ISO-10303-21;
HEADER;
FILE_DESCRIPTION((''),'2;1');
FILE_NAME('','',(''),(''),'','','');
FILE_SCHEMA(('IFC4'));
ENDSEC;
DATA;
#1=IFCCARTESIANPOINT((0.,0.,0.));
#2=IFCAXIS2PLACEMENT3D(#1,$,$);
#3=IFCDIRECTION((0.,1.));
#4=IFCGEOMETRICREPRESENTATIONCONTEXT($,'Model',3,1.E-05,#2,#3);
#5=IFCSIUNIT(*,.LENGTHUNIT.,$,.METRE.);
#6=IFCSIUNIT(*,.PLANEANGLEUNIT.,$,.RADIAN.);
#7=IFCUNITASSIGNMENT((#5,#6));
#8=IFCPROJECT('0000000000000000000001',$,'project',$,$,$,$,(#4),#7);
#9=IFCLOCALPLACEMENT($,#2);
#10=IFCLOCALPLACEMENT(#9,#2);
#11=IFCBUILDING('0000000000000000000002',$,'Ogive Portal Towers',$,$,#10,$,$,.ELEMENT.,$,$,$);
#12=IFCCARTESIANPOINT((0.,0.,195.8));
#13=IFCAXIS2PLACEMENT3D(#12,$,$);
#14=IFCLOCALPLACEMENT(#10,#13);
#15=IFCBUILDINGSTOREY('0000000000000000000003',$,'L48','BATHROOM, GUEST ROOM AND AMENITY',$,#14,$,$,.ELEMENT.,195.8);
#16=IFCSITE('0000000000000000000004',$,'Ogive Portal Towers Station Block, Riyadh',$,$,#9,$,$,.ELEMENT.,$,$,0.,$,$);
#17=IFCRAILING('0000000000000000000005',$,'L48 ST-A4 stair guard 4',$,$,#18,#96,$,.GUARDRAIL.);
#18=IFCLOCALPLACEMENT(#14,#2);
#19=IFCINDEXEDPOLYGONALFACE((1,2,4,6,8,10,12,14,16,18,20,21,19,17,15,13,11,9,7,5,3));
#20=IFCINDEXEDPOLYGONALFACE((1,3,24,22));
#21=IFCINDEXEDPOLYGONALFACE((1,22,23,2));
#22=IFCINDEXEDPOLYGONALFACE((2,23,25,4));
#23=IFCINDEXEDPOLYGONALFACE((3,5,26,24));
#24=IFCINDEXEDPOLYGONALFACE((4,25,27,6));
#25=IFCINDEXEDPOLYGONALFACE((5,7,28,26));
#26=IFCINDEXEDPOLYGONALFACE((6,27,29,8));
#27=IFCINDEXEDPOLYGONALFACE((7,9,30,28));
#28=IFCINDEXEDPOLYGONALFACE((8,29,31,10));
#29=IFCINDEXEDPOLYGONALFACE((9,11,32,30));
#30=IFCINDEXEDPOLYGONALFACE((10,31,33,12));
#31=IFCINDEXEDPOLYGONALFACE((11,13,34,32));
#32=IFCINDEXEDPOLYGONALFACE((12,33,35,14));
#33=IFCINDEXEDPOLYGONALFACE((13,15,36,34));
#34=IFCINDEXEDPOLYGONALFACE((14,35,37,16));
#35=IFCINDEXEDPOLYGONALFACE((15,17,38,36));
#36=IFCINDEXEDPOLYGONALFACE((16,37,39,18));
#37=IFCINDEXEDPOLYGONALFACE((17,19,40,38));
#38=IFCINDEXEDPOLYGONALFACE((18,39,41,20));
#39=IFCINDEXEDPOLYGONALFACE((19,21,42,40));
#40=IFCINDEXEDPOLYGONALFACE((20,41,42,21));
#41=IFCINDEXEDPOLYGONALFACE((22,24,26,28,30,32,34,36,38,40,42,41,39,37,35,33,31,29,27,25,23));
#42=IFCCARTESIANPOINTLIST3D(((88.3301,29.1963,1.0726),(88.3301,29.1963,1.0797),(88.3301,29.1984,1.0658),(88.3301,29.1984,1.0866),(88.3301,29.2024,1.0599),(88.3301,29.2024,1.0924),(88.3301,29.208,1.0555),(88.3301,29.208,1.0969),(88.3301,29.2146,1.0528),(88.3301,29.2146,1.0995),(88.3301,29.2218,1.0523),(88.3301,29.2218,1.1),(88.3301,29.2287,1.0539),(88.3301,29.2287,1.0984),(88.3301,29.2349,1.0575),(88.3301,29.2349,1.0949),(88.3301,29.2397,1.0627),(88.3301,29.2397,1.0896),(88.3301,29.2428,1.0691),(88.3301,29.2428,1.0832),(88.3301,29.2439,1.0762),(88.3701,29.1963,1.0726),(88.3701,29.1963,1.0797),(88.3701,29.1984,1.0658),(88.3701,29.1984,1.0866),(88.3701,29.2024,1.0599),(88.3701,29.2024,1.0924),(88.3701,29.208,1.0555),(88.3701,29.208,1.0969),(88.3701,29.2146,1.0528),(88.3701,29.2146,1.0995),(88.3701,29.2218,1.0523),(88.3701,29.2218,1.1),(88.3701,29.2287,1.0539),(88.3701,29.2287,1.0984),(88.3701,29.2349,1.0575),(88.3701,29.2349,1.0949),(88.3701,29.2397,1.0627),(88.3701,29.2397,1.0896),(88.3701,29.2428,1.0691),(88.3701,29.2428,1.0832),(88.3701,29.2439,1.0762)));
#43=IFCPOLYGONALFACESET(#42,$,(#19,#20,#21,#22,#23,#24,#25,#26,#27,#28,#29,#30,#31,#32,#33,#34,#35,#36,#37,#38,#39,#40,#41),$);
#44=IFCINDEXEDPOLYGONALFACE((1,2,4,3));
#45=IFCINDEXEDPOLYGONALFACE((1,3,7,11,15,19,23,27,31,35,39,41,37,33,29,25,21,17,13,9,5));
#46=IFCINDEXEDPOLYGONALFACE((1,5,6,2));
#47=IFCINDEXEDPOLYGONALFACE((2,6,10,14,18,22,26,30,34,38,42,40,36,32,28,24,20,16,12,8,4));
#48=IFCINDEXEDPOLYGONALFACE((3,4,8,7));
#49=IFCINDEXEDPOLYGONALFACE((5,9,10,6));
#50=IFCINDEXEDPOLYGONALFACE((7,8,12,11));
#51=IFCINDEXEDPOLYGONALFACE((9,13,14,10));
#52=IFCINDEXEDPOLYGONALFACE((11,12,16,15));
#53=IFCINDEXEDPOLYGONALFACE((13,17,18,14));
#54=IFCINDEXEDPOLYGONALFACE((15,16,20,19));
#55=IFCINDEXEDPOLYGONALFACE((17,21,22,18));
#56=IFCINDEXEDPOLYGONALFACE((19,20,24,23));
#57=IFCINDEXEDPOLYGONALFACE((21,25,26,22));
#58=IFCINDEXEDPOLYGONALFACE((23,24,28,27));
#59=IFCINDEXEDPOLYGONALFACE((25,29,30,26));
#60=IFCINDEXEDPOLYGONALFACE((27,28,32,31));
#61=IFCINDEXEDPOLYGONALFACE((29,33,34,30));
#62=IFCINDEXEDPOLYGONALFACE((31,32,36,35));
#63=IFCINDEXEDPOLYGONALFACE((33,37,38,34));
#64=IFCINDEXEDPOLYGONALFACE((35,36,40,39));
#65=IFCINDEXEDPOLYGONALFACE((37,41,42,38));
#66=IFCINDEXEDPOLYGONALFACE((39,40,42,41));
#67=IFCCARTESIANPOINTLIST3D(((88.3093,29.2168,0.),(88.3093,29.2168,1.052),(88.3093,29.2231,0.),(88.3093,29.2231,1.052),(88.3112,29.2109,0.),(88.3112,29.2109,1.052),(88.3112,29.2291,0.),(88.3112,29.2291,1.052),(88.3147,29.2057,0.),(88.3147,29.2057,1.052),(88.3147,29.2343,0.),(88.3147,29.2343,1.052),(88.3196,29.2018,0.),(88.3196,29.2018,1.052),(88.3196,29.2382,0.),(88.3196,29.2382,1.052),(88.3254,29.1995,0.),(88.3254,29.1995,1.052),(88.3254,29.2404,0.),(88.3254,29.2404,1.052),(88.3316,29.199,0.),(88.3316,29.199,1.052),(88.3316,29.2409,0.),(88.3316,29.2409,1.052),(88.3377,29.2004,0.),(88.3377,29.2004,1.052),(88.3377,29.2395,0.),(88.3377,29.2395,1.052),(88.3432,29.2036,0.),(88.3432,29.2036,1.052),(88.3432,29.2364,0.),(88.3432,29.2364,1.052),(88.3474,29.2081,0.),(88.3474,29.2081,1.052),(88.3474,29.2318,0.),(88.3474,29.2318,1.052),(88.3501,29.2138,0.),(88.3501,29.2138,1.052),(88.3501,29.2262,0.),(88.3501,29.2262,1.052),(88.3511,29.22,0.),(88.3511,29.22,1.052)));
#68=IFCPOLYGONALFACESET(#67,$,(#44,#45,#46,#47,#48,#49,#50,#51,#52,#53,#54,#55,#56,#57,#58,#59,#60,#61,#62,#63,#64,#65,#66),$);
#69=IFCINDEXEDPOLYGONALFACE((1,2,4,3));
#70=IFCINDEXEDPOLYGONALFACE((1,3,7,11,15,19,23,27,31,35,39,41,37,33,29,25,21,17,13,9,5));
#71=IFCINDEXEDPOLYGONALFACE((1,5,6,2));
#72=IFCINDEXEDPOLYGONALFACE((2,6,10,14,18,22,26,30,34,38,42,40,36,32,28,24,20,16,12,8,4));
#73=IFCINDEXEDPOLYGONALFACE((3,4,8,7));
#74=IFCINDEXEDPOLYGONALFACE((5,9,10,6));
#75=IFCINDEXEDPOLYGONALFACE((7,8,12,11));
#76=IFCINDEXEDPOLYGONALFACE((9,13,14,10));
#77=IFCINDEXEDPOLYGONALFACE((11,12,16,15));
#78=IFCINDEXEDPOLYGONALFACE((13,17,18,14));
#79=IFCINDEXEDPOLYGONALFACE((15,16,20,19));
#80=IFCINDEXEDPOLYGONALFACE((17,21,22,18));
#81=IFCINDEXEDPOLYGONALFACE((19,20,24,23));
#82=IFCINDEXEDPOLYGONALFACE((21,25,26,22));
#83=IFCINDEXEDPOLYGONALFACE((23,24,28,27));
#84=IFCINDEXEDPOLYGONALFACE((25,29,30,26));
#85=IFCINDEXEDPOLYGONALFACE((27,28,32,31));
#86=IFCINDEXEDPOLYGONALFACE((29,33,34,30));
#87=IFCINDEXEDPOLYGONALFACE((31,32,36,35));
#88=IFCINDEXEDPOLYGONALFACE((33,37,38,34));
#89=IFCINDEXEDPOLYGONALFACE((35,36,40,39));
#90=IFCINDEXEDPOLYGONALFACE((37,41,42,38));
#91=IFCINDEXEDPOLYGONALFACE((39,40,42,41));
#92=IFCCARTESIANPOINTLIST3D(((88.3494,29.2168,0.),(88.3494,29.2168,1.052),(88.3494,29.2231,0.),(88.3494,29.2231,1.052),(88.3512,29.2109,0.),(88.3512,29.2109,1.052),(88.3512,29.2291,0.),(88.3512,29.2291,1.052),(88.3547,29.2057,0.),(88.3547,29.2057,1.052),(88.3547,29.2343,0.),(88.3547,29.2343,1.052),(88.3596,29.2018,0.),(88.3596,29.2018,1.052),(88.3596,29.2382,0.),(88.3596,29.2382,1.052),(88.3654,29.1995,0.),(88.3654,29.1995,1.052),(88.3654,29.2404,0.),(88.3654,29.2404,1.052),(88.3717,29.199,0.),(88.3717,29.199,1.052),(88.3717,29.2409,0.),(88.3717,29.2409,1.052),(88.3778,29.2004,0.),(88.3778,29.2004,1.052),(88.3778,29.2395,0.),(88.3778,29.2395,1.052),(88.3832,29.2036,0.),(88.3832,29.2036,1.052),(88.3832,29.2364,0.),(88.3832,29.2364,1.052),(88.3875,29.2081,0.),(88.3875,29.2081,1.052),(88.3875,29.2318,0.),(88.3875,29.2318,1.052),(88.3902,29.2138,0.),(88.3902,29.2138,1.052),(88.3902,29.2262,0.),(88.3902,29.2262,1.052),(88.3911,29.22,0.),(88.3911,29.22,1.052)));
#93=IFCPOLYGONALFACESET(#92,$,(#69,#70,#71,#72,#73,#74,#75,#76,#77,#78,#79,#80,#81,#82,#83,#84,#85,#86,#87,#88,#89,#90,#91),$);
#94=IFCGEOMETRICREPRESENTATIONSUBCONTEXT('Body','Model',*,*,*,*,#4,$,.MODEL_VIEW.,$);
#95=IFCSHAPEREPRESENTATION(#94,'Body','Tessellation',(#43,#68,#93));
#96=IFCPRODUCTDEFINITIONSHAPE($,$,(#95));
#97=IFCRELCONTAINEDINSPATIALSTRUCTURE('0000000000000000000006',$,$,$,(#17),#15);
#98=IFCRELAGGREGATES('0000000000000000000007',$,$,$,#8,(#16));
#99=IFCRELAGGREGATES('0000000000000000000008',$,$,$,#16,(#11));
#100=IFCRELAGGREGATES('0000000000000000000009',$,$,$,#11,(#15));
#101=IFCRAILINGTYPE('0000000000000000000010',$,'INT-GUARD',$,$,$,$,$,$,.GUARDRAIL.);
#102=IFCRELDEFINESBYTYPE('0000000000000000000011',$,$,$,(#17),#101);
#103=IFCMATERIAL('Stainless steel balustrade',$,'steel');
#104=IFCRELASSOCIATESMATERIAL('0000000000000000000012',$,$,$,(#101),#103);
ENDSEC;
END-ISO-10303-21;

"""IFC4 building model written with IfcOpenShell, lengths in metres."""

from ifc_helpers import new_model, si_unit, direction, frame, origin, origin_2d, place, context, subcontext, project, spatial, circle, extrude, material, type_object, element, save


model = new_model("IFC4")

# Units and contexts
model_context = context("Model", 3, precision=1e-05, world=origin(), true_north=direction((0.0, 1.0)))
body_context = subcontext(model_context, "Body", "Model", "MODEL_VIEW")
ifc_project = project(units=[si_unit("LENGTHUNIT", "METRE"), si_unit("PLANEANGLEUNIT", "RADIAN")], contexts=[model_context])

# Site, building, storey
site_placement = place(None, origin())
site = spatial("IfcSite", under=ifc_project, at=site_placement, Name="Ogive Portal Towers Station Block, Riyadh", CompositionType="ELEMENT", RefElevation=0.0)
building_placement = place(site_placement, origin())
building = spatial("IfcBuilding", under=site, at=building_placement, Name="Ogive Portal Towers", CompositionType="ELEMENT")
storey_placement = place(building_placement, frame((0.0, 0.0, 195.8)))
storey = spatial("IfcBuildingStorey", under=building, at=storey_placement, Name="L48", Description="BATHROOM, GUEST ROOM AND AMENITY", CompositionType="ELEMENT", Elevation=195.8)

# Railing
ifc_material_1 = material(Name="Stainless steel balustrade", Category="steel")
railing_type_1 = type_object("IfcRailingType", Name="INT-GUARD", PredefinedType="GUARDRAIL", material=ifc_material_1)
railing_1_placement = place(storey_placement, frame((88.3301, 29.22, 0.0)))
element("IfcRailing", 1, at=railing_1_placement, inside=storey, type_object=railing_type_1, Name="L48 ST-A4 stair guard 4", PredefinedType="GUARDRAIL", context=body_context, shape_type="SweptSolid", body=[
    extrude(circle(Radius=0.0239, at=origin_2d()), frame((0.0, 0.0, 1.0762), z_axis=(1.0, 0.0, 0.0), x_axis=(0.0, 1.0, 0.0)), (0.0, 0.0, 1.0), 0.04),
    extrude(circle(Radius=0.021, at=origin_2d()), origin(), (0.0, 0.0, 1.0), 1.052),
    extrude(circle(Radius=0.021, at=origin_2d()), frame((0.04, 0.0, 0.0)), (0.0, 0.0, 1.0), 1.052),
])

save(model, "model.ifc")
